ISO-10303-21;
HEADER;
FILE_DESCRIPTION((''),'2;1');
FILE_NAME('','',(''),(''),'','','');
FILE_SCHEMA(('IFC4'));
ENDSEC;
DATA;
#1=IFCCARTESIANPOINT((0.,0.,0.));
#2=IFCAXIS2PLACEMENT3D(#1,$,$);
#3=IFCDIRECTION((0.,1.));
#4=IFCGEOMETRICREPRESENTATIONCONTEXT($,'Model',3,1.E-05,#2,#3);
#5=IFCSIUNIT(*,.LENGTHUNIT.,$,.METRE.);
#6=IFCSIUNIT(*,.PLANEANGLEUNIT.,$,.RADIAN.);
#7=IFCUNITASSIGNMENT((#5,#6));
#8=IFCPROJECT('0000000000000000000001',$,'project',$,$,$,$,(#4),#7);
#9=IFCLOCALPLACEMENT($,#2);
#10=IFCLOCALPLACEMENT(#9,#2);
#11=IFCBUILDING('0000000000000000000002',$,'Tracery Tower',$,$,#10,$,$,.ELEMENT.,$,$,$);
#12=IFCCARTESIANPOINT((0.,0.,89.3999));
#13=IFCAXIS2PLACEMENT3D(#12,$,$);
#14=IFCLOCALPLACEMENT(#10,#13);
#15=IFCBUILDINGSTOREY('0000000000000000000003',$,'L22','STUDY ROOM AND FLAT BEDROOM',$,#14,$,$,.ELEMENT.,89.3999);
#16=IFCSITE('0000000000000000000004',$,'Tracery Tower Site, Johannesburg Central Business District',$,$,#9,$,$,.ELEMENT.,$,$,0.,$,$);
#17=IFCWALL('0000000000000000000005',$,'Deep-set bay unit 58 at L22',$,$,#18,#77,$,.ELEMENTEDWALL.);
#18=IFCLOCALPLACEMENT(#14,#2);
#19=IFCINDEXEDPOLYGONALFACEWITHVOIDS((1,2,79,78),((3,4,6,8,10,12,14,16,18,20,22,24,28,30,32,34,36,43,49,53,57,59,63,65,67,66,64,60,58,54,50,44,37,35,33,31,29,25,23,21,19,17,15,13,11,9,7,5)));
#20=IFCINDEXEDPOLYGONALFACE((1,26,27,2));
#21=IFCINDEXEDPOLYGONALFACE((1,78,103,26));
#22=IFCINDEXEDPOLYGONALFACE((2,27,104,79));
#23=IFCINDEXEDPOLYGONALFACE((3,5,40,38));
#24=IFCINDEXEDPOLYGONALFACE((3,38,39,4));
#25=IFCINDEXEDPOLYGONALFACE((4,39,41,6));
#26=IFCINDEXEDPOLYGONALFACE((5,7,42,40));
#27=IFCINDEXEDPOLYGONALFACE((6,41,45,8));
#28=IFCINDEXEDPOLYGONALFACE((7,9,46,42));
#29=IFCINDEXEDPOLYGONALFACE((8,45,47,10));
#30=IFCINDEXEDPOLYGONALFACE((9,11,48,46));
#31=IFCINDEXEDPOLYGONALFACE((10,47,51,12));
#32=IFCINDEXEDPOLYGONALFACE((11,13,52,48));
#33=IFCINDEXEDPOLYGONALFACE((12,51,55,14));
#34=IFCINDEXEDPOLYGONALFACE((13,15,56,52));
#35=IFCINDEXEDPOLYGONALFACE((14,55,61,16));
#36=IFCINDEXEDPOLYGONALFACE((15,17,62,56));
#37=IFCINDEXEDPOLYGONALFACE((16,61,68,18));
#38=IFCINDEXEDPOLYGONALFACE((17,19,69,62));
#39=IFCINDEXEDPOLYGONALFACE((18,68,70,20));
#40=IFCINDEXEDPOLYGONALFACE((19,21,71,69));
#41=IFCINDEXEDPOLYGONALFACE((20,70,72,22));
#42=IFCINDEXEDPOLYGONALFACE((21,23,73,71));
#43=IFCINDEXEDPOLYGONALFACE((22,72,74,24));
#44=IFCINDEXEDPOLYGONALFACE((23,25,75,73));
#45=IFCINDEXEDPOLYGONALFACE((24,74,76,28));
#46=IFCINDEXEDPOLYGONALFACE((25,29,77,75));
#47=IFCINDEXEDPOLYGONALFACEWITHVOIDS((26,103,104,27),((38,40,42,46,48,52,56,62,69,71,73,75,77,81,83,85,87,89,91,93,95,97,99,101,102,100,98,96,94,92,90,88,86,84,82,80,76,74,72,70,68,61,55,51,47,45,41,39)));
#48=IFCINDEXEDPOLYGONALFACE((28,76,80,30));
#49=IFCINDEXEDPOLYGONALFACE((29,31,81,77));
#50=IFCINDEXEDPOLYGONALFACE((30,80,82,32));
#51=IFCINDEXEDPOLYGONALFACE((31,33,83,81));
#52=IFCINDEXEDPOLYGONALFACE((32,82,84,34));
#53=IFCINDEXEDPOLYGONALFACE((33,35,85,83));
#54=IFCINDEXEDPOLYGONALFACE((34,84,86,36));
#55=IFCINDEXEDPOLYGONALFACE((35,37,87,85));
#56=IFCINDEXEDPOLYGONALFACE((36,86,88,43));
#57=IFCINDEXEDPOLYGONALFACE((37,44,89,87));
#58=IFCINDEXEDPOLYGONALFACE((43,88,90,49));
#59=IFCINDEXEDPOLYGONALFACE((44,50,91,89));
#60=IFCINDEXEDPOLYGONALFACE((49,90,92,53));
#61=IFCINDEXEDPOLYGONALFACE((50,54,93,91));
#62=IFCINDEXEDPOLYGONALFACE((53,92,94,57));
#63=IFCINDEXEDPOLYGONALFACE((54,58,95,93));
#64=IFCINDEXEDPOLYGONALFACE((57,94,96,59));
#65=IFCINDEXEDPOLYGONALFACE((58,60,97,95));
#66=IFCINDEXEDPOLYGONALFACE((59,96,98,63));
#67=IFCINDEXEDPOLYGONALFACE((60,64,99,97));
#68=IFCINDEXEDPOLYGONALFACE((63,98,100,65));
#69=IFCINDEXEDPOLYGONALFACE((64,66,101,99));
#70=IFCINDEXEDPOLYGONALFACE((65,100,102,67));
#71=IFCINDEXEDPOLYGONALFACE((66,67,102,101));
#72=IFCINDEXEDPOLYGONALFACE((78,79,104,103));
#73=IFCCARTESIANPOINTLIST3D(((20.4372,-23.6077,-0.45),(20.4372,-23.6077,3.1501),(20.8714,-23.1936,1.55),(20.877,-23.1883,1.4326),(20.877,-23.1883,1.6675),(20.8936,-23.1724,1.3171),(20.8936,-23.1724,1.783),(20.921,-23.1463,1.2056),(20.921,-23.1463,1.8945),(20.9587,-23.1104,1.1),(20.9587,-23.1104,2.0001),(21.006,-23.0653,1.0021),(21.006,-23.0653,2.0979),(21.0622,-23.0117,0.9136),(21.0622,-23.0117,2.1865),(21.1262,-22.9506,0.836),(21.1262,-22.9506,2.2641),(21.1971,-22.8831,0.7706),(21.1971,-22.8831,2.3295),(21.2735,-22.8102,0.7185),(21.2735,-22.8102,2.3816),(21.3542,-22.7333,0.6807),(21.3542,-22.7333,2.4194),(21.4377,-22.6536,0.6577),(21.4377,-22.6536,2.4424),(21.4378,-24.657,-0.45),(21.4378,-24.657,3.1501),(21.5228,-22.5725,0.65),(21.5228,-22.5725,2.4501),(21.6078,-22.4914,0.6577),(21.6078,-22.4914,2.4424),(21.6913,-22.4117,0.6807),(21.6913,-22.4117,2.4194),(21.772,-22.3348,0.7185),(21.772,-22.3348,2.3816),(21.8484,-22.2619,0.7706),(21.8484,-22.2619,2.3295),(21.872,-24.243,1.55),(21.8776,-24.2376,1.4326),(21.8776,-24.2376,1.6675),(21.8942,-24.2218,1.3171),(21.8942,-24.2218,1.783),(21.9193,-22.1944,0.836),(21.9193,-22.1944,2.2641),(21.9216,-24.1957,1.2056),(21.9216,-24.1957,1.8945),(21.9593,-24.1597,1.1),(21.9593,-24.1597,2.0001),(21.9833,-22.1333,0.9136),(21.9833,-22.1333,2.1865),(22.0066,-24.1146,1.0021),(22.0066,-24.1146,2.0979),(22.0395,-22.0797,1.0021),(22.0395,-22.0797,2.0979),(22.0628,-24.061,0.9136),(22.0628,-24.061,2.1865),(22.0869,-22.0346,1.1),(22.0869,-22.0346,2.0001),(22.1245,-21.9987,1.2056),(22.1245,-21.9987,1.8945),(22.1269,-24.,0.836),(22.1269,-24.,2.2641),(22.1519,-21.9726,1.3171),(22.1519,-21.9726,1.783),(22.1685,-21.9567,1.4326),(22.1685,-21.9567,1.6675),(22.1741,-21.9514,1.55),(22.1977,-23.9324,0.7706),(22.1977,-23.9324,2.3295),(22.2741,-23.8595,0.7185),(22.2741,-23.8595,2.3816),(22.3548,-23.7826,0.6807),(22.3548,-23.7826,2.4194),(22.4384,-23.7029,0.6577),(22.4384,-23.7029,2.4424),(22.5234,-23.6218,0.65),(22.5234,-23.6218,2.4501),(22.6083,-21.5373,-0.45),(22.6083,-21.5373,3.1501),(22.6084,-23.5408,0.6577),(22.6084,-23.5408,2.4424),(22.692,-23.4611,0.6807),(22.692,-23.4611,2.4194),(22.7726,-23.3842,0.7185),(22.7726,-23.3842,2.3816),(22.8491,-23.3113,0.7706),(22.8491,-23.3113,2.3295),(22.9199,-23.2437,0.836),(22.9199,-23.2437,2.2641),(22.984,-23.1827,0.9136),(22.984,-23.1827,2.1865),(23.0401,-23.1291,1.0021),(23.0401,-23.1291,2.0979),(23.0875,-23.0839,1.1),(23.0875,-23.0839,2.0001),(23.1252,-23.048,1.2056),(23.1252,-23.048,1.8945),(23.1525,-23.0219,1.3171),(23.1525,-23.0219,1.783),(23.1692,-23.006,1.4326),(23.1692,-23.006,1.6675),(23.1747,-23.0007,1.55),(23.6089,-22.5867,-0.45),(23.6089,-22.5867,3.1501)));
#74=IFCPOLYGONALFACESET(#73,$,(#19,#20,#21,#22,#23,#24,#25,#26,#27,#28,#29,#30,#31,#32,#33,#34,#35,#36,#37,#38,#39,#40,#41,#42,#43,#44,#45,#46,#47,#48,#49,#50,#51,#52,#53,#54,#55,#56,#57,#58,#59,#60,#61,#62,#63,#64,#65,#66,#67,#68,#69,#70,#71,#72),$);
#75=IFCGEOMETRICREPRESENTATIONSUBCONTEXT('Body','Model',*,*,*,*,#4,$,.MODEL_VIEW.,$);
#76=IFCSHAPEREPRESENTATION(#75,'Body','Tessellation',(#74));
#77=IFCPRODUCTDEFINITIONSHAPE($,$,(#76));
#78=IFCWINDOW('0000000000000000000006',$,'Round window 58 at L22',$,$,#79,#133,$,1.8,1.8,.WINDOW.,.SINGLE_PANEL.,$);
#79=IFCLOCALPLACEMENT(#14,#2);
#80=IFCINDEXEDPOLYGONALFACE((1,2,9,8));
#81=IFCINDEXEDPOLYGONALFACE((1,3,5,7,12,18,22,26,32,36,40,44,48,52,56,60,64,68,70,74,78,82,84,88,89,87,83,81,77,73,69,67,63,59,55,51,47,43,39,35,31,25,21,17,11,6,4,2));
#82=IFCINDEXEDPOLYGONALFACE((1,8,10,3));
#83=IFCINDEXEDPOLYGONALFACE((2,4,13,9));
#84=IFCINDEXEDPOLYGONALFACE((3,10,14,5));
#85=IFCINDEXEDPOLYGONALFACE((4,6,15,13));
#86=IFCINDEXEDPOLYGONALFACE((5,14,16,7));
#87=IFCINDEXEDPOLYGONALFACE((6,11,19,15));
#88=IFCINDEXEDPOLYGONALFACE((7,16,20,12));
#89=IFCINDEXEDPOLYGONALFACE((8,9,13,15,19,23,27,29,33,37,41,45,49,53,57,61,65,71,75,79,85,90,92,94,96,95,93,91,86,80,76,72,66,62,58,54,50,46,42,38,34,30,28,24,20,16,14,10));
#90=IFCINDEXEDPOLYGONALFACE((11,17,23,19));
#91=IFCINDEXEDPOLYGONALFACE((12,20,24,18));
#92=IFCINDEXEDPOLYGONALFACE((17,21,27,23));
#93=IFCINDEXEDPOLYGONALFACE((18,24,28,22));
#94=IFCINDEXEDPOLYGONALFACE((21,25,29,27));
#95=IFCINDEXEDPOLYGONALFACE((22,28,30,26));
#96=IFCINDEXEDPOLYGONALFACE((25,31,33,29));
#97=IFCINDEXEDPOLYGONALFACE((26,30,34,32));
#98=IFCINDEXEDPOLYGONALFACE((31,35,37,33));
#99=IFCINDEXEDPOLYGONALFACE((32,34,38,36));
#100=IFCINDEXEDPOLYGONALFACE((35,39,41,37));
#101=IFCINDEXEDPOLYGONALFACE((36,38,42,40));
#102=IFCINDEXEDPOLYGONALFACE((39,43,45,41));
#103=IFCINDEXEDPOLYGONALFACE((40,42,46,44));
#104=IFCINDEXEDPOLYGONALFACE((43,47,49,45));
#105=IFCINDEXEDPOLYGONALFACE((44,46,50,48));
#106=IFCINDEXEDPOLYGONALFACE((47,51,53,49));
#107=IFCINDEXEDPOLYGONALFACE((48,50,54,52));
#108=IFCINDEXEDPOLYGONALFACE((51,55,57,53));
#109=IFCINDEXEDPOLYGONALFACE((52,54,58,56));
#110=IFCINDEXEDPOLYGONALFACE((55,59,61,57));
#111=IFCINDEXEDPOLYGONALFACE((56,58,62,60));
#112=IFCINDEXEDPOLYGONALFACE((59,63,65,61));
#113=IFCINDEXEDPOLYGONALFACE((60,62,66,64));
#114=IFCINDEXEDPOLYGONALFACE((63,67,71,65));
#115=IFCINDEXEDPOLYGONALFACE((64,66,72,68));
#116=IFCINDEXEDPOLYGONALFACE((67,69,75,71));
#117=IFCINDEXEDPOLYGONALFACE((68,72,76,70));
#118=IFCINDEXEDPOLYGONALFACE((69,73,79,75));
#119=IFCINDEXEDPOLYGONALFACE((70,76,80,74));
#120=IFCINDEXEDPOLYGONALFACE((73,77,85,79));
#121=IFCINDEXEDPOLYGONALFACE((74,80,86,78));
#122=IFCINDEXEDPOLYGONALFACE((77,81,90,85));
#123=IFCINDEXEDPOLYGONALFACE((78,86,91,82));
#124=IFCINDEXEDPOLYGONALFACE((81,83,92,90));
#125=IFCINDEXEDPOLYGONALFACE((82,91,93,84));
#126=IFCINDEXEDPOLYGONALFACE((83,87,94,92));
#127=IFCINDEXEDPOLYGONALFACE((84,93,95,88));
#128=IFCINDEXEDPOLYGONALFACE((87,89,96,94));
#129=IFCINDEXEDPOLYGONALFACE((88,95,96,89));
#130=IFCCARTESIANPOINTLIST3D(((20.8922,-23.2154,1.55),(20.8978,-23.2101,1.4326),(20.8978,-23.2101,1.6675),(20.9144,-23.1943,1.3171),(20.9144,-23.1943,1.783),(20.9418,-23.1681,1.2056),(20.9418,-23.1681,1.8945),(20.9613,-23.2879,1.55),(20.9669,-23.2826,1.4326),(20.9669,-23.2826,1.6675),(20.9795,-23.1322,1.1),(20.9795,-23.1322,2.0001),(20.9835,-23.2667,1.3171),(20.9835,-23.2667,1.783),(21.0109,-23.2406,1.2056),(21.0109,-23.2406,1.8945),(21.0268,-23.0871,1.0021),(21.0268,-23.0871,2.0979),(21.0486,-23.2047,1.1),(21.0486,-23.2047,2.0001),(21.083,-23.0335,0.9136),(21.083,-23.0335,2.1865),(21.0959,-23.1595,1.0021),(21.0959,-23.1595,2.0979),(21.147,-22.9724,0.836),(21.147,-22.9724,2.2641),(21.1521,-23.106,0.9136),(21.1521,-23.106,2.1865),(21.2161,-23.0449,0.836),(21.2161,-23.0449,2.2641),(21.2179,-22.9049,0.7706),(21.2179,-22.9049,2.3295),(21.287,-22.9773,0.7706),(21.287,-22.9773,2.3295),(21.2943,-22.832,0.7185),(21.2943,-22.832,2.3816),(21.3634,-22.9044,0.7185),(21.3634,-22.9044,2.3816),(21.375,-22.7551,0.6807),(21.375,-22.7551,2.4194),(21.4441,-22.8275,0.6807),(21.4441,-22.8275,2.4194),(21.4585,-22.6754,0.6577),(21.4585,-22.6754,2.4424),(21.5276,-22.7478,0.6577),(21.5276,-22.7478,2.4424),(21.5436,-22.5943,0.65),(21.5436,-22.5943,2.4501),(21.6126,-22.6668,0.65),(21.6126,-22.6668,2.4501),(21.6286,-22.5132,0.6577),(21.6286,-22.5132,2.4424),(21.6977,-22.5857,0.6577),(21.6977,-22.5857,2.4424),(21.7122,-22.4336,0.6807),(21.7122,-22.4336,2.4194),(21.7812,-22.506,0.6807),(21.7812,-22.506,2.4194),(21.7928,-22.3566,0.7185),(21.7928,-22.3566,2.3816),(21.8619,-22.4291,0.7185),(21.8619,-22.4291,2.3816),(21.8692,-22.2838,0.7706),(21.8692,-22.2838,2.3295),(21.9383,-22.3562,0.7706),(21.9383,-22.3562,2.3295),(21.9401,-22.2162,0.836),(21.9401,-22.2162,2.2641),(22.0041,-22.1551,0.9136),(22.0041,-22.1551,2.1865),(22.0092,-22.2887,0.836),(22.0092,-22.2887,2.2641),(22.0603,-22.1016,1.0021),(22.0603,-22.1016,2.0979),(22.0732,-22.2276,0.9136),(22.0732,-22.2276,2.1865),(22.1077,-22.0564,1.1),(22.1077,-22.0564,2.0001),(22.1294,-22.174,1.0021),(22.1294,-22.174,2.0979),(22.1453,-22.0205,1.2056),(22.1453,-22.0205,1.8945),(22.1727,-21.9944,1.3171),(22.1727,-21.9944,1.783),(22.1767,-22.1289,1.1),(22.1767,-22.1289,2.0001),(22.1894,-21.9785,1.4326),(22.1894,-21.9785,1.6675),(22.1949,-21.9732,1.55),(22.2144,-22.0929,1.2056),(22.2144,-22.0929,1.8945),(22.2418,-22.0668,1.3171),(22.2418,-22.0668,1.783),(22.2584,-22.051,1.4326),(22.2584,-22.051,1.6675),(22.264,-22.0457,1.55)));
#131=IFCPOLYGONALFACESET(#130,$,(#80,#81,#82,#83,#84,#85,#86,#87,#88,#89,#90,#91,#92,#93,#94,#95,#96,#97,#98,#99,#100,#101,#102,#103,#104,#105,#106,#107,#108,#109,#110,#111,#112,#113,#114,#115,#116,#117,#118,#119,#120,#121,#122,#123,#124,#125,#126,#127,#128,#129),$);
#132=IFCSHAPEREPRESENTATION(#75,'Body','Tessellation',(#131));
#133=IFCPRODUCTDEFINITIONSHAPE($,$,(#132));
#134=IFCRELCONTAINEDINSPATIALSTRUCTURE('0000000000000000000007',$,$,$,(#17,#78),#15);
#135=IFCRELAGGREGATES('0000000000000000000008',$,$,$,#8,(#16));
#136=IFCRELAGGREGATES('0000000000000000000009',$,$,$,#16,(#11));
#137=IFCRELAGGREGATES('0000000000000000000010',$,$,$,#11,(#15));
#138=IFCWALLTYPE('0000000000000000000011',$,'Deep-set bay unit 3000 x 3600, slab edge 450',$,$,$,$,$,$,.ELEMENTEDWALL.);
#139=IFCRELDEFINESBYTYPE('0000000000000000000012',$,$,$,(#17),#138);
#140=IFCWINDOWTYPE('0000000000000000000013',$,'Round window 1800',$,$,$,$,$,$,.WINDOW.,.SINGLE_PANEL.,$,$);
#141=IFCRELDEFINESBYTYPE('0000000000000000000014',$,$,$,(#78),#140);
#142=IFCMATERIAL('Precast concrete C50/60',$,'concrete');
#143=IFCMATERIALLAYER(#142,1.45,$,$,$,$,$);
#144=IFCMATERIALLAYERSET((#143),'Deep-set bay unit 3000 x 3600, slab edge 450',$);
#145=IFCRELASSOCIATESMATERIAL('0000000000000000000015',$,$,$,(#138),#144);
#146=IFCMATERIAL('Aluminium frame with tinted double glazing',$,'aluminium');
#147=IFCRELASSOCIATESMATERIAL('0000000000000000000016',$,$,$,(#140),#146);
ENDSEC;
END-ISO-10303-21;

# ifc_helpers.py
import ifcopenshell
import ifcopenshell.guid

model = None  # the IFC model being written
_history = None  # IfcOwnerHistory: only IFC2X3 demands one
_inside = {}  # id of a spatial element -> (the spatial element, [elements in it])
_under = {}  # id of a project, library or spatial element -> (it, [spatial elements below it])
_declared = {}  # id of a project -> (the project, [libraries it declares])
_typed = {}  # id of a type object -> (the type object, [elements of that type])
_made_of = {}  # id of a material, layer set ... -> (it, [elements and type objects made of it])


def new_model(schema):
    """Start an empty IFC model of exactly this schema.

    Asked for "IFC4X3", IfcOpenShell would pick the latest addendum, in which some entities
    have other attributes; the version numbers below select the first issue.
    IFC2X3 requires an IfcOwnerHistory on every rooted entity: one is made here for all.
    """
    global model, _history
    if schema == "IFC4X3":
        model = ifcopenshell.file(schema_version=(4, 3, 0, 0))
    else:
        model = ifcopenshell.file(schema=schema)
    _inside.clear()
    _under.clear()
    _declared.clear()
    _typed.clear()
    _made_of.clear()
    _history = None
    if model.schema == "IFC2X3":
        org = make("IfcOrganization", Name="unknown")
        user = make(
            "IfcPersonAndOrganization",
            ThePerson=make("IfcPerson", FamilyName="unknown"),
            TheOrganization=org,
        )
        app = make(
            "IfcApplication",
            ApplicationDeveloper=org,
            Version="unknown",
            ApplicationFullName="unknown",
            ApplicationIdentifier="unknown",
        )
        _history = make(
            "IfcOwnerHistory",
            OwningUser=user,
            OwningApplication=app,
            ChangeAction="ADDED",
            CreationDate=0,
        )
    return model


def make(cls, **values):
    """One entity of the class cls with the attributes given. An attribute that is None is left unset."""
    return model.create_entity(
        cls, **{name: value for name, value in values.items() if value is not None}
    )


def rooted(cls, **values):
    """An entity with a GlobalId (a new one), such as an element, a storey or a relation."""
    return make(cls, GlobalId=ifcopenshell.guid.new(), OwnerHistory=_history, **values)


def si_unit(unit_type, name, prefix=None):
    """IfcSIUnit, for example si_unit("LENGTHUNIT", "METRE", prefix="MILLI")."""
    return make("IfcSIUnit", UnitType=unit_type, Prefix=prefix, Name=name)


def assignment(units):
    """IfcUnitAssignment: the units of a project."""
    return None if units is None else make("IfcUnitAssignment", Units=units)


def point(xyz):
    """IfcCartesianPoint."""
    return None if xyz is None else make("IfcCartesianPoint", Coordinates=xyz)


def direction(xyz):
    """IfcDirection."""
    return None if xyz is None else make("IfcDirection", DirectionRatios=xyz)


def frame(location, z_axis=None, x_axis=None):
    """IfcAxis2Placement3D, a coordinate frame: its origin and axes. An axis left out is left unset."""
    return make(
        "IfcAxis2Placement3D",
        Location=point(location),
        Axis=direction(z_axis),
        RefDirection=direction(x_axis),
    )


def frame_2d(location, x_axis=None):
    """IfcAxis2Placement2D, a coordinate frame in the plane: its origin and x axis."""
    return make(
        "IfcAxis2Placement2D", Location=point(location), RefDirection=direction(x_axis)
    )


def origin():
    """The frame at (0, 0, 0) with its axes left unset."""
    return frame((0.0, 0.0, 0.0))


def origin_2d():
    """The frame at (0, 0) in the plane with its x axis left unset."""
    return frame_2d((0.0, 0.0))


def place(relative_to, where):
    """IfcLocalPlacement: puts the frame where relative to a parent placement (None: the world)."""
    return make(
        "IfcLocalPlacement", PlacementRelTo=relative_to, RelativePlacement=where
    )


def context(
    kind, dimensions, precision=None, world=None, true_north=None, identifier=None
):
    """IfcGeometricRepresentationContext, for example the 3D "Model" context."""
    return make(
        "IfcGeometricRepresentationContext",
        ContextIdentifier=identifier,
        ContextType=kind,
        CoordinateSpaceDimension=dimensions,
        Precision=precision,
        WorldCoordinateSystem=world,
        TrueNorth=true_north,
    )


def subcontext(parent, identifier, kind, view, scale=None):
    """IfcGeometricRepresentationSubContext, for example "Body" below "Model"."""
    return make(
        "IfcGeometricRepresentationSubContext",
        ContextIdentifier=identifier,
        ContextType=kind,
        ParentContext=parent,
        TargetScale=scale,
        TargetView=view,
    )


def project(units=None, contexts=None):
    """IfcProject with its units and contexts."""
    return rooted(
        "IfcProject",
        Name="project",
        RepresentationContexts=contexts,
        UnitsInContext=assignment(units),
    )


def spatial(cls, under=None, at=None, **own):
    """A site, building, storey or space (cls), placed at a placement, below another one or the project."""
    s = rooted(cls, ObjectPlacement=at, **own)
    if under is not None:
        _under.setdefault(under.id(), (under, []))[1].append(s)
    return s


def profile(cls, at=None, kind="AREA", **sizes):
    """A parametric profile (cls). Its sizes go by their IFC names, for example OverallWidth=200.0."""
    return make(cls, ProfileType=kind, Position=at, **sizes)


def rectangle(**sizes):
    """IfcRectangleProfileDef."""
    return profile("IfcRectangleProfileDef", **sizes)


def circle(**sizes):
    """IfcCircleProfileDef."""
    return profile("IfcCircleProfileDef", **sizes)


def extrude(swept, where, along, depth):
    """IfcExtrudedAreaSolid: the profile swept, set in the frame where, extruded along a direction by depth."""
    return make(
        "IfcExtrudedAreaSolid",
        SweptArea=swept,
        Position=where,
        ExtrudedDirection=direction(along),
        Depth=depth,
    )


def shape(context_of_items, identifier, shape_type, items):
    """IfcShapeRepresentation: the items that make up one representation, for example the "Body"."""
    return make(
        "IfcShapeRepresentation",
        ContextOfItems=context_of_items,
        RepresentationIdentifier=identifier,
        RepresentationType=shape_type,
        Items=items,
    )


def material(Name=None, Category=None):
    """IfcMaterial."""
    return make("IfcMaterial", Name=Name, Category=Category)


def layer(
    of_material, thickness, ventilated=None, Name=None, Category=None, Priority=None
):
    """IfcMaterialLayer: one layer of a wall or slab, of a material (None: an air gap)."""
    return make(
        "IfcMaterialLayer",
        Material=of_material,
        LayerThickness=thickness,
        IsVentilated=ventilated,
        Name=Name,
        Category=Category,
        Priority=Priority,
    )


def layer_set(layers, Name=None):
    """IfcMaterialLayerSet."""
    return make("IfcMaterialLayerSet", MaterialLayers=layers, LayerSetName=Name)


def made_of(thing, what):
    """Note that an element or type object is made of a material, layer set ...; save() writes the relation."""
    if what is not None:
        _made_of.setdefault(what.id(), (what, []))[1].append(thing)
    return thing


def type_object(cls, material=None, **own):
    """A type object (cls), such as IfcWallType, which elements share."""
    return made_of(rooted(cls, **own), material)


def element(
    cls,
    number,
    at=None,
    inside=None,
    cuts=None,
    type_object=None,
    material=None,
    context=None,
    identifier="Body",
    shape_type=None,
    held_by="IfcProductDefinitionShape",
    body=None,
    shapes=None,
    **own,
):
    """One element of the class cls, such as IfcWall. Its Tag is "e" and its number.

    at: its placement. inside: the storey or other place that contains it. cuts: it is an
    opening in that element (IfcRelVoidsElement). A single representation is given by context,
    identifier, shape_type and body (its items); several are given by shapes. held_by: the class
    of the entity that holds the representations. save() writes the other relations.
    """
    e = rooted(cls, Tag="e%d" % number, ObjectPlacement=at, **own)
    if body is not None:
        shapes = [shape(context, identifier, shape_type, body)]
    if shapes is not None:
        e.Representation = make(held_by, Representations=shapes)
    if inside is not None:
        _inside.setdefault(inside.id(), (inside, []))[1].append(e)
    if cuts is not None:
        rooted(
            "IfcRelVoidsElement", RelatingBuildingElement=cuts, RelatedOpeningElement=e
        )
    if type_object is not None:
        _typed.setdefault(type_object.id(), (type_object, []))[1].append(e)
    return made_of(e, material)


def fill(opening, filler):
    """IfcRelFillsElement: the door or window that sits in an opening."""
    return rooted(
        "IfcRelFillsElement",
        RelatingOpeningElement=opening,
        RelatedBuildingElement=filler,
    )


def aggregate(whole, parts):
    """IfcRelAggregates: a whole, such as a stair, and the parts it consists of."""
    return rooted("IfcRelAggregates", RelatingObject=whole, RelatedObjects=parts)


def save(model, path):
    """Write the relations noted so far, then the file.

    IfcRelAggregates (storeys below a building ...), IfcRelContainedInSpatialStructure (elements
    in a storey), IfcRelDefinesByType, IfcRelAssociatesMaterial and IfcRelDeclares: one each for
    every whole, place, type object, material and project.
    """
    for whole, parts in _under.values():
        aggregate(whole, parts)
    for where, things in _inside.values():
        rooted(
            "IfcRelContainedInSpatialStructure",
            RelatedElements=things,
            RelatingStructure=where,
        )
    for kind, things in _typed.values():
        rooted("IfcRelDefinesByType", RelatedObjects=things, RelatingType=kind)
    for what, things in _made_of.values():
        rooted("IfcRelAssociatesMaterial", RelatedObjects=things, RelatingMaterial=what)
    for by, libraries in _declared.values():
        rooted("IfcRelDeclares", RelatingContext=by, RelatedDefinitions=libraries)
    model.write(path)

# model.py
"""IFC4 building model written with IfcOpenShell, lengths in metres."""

from ifc_helpers import new_model, si_unit, direction, frame, frame_2d, origin, origin_2d, place, context, subcontext, project, spatial, rectangle, circle, extrude, material, layer, layer_set, type_object, element, fill, save


model = new_model("IFC4")

# Units and contexts
model_context = context("Model", 3, precision=1e-05, world=origin(), true_north=direction((0.0, 1.0)))
body_context = subcontext(model_context, "Body", "Model", "MODEL_VIEW")
ifc_project = project(units=[si_unit("LENGTHUNIT", "METRE"), si_unit("PLANEANGLEUNIT", "RADIAN")], contexts=[model_context])

# Site, building, storey
site_placement = place(None, origin())
site = spatial("IfcSite", under=ifc_project, at=site_placement, Name="Tracery Tower Site, Johannesburg Central Business District", CompositionType="ELEMENT", RefElevation=0.0)
building_placement = place(site_placement, origin())
building = spatial("IfcBuilding", under=site, at=building_placement, Name="Tracery Tower", CompositionType="ELEMENT")
storey_placement = place(building_placement, frame((0.0, 0.0, 89.3999)))
storey = spatial("IfcBuildingStorey", under=building, at=storey_placement, Name="L22", Description="STUDY ROOM AND FLAT BEDROOM", CompositionType="ELEMENT", Elevation=89.3999)

# Wall, opening, window
ifc_material_1 = material(Name="Precast concrete C50/60", Category="concrete")
ifc_layer_1 = layer(ifc_material_1, 1.45)
ifc_layer_set_1 = layer_set([ifc_layer_1], Name="Deep-set bay unit 3000 x 3600, slab edge 450")
wall_type_1 = type_object("IfcWallType", Name="Deep-set bay unit 3000 x 3600, slab edge 450", PredefinedType="ELEMENTEDWALL", material=ifc_layer_set_1)
ifc_material_2 = material(Name="Aluminium frame with tinted double glazing", Category="aluminium")
window_type = type_object("IfcWindowType", Name="Round window 1800", PartitioningType="SINGLE_PANEL", PredefinedType="WINDOW", material=ifc_material_2)
wall_1_placement = place(storey_placement, frame((20.9375, -24.1323, -0.45), z_axis=(0.0, 0.0, 1.0), x_axis=(0.723712, 0.690102, 0.0)))
wall_1 = element("IfcWall", 1, at=wall_1_placement, inside=storey, type_object=wall_type_1, Name="Deep-set bay unit 58 at L22", PredefinedType="ELEMENTEDWALL", context=body_context, shape_type="SweptSolid", body=[
    extrude(rectangle(XDim=3.0, YDim=1.45, at=frame_2d((1.5, 0.0))), origin(), (0.0, 0.0, 1.0), 3.6001),
])
opening_1_placement = place(wall_1_placement, frame((1.5, 0.0, 2.0)))
opening_1 = element("IfcOpeningElement", 2, at=opening_1_placement, cuts=wall_1, PredefinedType="OPENING", context=body_context, shape_type="SweptSolid", body=[
    extrude(circle(Radius=0.9, at=origin_2d()), frame((0.0, 0.7349, 0.0), z_axis=(0.0, -1.0, 0.0), x_axis=(1.0, 0.0, 0.0)), (0.0, 0.0, 1.0), 1.47),
])
window_1_placement = place(opening_1_placement, origin())
window_1 = element("IfcWindow", 3, at=window_1_placement, inside=storey, type_object=window_type, Name="Round window 58 at L22", OverallHeight=1.8, OverallWidth=1.8, PartitioningType="SINGLE_PANEL", PredefinedType="WINDOW", context=body_context, shape_type="SweptSolid", body=[
    extrude(circle(Radius=0.9, at=origin_2d()), frame((0.0, 0.6948, 0.0), z_axis=(0.0, -1.0, 0.0), x_axis=(1.0, 0.0, 0.0)), (0.0, 0.0, 1.0), 0.1001),
])
fill(opening_1, window_1)

save(model, "model.ifc")
